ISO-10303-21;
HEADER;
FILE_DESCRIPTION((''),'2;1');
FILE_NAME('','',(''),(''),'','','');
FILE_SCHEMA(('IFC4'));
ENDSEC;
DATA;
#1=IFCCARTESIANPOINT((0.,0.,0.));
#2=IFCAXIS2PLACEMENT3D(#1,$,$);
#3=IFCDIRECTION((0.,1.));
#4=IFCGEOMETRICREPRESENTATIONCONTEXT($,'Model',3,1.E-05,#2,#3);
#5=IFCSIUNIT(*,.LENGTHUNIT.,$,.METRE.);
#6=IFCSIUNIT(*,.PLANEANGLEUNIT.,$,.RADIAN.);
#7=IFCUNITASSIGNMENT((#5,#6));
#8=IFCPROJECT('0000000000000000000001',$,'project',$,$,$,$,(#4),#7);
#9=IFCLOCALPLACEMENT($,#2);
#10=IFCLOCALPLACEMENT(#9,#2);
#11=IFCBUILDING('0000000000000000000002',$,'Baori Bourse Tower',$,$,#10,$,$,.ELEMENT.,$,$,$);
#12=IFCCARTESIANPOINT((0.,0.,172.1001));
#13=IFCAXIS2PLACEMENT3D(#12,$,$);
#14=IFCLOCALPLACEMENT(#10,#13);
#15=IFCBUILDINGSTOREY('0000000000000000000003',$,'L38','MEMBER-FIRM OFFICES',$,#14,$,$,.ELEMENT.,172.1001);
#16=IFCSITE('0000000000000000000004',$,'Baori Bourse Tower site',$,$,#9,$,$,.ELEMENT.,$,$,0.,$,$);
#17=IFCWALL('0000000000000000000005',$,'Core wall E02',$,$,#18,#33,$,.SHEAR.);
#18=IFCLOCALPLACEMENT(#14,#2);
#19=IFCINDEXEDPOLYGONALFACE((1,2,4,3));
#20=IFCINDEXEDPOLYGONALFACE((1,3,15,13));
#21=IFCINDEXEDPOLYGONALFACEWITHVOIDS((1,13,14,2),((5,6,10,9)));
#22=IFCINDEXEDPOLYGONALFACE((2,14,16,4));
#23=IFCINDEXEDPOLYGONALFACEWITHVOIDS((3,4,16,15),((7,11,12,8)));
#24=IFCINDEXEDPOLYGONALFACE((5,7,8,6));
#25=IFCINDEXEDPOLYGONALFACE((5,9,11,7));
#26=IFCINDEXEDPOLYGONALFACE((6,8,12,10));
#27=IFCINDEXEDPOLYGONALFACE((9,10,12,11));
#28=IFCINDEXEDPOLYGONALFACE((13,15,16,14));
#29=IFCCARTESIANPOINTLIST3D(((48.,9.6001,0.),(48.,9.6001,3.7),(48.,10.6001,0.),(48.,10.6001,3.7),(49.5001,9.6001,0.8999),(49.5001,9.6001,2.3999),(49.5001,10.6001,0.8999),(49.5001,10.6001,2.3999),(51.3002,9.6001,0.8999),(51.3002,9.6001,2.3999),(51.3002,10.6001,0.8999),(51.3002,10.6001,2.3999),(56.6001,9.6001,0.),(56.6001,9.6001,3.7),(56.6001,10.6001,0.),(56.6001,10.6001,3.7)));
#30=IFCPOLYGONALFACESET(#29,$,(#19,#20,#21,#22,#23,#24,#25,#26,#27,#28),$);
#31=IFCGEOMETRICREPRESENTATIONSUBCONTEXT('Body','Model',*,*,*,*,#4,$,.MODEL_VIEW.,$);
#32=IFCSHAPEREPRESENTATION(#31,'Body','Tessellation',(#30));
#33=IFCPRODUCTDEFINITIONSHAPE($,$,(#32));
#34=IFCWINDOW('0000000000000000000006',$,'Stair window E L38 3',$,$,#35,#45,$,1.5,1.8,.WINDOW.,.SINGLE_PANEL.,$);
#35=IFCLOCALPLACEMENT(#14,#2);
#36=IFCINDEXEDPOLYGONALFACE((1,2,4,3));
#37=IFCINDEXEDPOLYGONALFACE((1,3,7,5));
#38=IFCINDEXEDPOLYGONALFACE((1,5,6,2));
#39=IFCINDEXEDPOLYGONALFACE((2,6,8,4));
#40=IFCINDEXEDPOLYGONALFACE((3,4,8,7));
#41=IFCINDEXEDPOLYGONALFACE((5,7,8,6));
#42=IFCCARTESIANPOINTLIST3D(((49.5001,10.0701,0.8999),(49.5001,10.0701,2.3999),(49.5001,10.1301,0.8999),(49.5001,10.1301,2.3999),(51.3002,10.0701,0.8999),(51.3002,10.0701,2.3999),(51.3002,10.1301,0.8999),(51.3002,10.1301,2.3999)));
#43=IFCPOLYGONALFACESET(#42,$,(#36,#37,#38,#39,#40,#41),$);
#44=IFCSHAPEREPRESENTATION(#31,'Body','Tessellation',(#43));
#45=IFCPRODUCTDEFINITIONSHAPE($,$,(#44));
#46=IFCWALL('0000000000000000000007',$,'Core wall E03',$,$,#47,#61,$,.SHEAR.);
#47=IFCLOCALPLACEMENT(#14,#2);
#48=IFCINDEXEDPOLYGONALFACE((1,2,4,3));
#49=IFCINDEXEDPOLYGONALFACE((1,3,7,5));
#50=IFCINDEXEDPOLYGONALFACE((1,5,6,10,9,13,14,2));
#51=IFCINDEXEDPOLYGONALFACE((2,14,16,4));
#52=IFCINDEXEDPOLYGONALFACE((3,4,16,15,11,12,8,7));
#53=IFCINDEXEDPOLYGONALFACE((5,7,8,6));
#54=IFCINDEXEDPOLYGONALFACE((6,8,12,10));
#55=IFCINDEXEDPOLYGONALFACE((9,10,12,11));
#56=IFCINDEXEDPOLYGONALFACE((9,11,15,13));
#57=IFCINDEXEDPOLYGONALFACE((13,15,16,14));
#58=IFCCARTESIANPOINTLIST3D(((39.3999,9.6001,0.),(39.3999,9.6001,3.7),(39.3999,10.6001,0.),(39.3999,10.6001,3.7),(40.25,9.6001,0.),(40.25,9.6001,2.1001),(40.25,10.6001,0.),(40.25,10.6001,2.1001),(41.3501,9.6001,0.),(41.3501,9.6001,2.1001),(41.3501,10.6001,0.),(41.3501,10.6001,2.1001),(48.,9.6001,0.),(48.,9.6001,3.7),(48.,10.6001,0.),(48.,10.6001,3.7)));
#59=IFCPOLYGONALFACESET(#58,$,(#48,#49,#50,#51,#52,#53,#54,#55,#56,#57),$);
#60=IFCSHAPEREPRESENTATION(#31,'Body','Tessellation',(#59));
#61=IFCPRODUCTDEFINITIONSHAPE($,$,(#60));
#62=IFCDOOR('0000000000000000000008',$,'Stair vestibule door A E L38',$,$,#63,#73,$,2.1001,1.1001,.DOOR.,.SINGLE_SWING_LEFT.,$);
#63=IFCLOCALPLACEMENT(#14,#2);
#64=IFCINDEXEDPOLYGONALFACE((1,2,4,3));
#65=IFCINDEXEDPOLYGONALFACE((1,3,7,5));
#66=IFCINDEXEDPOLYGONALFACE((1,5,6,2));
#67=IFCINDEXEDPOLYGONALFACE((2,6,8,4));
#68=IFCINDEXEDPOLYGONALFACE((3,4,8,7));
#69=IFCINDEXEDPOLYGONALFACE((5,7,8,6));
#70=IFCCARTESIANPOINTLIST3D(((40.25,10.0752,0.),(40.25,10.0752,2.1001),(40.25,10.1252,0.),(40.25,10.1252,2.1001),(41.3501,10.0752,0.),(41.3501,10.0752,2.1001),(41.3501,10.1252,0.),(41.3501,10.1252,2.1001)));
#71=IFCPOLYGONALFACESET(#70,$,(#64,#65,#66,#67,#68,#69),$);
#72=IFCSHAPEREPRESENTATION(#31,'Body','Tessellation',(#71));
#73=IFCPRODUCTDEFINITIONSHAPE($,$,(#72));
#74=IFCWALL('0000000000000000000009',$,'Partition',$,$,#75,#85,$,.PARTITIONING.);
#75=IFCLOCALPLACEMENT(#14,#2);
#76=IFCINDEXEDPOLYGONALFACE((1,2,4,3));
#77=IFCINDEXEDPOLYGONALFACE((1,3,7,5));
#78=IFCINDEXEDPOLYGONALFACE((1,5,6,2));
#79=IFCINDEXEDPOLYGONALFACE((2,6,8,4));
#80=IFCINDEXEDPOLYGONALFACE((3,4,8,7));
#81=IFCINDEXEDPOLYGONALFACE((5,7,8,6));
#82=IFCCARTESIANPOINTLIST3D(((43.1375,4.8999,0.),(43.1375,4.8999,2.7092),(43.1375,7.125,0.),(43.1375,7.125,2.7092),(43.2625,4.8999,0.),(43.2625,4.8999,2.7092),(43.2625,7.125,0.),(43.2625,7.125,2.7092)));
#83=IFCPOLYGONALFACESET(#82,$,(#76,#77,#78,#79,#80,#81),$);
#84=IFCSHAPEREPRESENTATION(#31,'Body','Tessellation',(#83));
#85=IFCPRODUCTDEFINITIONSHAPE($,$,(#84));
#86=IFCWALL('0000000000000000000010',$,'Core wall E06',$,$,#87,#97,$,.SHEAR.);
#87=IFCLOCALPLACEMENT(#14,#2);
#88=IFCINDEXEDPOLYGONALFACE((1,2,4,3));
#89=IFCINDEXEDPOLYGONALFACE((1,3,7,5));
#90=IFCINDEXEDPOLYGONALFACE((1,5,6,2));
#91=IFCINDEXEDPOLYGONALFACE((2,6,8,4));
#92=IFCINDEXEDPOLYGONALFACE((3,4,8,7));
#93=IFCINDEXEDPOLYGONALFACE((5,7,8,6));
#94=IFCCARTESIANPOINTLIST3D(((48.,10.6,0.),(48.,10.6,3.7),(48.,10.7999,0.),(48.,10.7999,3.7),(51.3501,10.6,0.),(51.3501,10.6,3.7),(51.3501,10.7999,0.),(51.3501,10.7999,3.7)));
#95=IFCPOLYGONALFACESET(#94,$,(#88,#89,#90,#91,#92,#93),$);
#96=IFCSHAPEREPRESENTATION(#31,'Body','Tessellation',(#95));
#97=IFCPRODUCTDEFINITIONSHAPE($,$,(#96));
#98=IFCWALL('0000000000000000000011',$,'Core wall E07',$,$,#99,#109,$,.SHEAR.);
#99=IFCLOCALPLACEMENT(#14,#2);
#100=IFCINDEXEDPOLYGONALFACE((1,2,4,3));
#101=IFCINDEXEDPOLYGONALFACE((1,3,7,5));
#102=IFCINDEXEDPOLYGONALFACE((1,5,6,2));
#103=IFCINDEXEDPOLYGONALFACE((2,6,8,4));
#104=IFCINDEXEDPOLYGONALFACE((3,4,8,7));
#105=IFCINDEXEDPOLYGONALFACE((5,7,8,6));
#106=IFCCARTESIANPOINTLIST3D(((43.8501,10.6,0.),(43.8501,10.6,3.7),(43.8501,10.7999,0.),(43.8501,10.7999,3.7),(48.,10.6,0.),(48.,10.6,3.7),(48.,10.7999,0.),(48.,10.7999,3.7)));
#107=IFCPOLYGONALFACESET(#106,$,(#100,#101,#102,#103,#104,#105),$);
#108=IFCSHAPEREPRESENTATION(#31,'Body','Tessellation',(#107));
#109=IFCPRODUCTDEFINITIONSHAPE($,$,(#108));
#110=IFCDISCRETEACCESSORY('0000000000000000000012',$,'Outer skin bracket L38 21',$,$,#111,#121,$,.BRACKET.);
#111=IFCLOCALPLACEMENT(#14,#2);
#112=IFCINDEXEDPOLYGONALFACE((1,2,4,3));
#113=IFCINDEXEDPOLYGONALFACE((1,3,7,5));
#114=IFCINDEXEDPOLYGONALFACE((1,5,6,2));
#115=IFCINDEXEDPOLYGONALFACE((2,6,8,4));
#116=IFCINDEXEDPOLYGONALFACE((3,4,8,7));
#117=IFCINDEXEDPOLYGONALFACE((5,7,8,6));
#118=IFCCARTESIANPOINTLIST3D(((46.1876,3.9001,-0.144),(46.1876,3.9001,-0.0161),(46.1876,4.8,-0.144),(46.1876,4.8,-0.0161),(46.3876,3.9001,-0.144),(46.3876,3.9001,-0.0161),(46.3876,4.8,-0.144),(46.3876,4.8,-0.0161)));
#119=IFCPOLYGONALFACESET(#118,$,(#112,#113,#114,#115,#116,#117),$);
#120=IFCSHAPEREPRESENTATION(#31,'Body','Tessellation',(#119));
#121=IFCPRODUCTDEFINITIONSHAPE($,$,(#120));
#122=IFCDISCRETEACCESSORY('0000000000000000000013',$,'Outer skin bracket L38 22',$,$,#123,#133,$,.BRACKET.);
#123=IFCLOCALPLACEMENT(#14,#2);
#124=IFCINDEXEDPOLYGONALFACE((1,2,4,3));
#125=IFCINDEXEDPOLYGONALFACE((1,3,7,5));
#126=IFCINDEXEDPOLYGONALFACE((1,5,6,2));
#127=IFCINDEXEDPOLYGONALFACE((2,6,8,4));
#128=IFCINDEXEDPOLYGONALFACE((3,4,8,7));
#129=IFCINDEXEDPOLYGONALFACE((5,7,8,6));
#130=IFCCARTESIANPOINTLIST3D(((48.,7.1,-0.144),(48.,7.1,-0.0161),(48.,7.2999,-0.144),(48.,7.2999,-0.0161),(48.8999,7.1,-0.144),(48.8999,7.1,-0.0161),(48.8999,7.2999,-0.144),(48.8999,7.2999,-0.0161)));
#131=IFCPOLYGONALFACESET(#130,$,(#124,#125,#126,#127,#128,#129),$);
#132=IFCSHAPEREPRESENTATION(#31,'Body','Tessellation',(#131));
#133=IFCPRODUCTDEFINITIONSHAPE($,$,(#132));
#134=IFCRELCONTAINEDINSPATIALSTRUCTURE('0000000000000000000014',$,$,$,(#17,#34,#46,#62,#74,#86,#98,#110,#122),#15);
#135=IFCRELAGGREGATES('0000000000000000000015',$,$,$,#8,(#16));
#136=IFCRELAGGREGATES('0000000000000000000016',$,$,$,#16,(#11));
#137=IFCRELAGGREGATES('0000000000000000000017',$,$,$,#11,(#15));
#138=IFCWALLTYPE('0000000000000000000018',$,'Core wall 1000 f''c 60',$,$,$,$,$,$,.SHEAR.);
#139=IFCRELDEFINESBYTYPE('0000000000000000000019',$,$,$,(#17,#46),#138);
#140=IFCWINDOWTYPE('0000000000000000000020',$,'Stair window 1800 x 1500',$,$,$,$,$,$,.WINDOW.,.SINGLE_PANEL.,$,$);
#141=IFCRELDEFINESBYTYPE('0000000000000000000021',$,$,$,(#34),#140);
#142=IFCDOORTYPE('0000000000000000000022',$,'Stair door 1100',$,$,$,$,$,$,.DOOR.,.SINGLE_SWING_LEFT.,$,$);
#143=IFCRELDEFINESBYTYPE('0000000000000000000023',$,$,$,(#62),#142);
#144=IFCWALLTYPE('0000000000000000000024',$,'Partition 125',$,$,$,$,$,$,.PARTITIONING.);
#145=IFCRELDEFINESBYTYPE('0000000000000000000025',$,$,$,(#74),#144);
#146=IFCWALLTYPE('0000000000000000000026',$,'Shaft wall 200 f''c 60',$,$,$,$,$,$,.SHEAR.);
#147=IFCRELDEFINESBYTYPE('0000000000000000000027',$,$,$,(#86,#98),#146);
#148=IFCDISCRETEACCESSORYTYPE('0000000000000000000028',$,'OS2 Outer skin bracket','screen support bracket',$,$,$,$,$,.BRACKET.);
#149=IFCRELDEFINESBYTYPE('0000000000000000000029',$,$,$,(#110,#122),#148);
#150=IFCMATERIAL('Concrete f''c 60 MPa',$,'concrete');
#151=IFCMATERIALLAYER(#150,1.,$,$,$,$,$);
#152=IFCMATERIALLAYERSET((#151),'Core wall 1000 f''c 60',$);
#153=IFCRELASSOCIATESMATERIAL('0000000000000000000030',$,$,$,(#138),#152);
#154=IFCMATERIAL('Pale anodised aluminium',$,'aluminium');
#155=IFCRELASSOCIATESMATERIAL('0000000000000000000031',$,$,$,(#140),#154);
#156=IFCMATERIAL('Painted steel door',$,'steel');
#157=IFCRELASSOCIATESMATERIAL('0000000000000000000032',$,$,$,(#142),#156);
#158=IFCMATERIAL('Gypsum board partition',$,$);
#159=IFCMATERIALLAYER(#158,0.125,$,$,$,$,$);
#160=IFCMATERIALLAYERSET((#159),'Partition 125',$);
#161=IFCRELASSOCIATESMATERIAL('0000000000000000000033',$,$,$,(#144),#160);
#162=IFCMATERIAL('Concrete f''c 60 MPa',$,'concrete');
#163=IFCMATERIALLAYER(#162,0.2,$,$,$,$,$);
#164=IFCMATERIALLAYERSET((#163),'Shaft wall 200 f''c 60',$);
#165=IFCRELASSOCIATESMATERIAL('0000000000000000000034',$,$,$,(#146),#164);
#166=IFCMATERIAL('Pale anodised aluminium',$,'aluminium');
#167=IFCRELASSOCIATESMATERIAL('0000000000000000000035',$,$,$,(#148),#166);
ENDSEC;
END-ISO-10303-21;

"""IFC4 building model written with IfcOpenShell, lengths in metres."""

from ifc_helpers import new_model, si_unit, direction, frame, frame_2d, origin, origin_2d, place, context, subcontext, project, spatial, rectangle, extrude, material, layer, layer_set, type_object, element, fill, save


model = new_model("IFC4")

# Units and contexts
model_context = context("Model", 3, precision=1e-05, world=origin(), true_north=direction((0.0, 1.0)))
body_context = subcontext(model_context, "Body", "Model", "MODEL_VIEW")
ifc_project = project(units=[si_unit("LENGTHUNIT", "METRE"), si_unit("PLANEANGLEUNIT", "RADIAN")], contexts=[model_context])

# Site, building, storey
site_placement = place(None, origin())
site = spatial("IfcSite", under=ifc_project, at=site_placement, Name="Baori Bourse Tower site", CompositionType="ELEMENT", RefElevation=0.0)
building_placement = place(site_placement, origin())
building = spatial("IfcBuilding", under=site, at=building_placement, Name="Baori Bourse Tower", CompositionType="ELEMENT")
storey_placement = place(building_placement, frame((0.0, 0.0, 172.1001)))
storey = spatial("IfcBuildingStorey", under=building, at=storey_placement, Name="L38", Description="MEMBER-FIRM OFFICES", CompositionType="ELEMENT", Elevation=172.1001)

# Wall, opening, window
ifc_material_1 = material(Name="Concrete f'c 60 MPa", Category="concrete")
ifc_layer_1 = layer(ifc_material_1, 1.0)
ifc_layer_set_1 = layer_set([ifc_layer_1], Name="Core wall 1000 f'c 60")
wall_type_1 = type_object("IfcWallType", Name="Core wall 1000 f'c 60", PredefinedType="SHEAR", material=ifc_layer_set_1)
wall_1_placement = place(storey_placement, frame((56.6001, 10.1001, 0.0), z_axis=(0.0, 0.0, 1.0), x_axis=(-1.0, 0.0, 0.0)))
wall_1 = element("IfcWall", 1, at=wall_1_placement, inside=storey, type_object=wall_type_1, Name="Core wall E02", PredefinedType="SHEAR", context=body_context, shape_type="SweptSolid", body=[
    extrude(rectangle(XDim=8.6001, YDim=1.0, at=frame_2d((4.3, 0.0))), origin(), (0.0, 0.0, 1.0), 3.7),
])
opening_1_placement = place(wall_1_placement, frame((5.3, 0.0, 0.8999)))
opening_1 = element("IfcOpeningElement", 2, at=opening_1_placement, cuts=wall_1, PredefinedType="OPENING", context=body_context, shape_type="SweptSolid", body=[
    extrude(rectangle(XDim=1.8, YDim=1.5, at=frame_2d((0.8999, 0.75))), frame((0.0, 0.51, 0.0), z_axis=(0.0, -1.0, 0.0), x_axis=(1.0, 0.0, 0.0)), (0.0, 0.0, 1.0), 1.02),
])
ifc_material_2 = material(Name="Pale anodised aluminium", Category="aluminium")
window_type = type_object("IfcWindowType", Name="Stair window 1800 x 1500", PartitioningType="SINGLE_PANEL", PredefinedType="WINDOW", material=ifc_material_2)
window_placement = place(opening_1_placement, origin())
window = element("IfcWindow", 3, at=window_placement, inside=storey, type_object=window_type, Name="Stair window E L38 3", OverallHeight=1.5, OverallWidth=1.8, PartitioningType="SINGLE_PANEL", PredefinedType="WINDOW", context=body_context, shape_type="SweptSolid", body=[
    extrude(rectangle(XDim=1.8, YDim=1.5, at=frame_2d((0.8999, 0.75))), frame((0.0, 0.03, 0.0), z_axis=(0.0, -1.0, 0.0), x_axis=(1.0, 0.0, 0.0)), (0.0, 0.0, 1.0), 0.0601),
])
fill(opening_1, window)

# Wall, opening, door
wall_2_placement = place(storey_placement, frame((48.0, 10.1001, 0.0), z_axis=(0.0, 0.0, 1.0), x_axis=(-1.0, 0.0, 0.0)))
wall_2 = element("IfcWall", 4, at=wall_2_placement, inside=storey, type_object=wall_type_1, Name="Core wall E03", PredefinedType="SHEAR", context=body_context, shape_type="SweptSolid", body=[
    extrude(rectangle(XDim=8.6001, YDim=1.0, at=frame_2d((4.3, 0.0))), origin(), (0.0, 0.0, 1.0), 3.7),
])
opening_2_placement = place(wall_2_placement, frame((6.6499, 0.0, 0.0)))
opening_2 = element("IfcOpeningElement", 5, at=opening_2_placement, cuts=wall_2, PredefinedType="OPENING", context=body_context, shape_type="SweptSolid", body=[
    extrude(rectangle(XDim=1.1001, YDim=2.1001, at=frame_2d((0.55, 1.05))), frame((0.0, 0.51, 0.0), z_axis=(0.0, -1.0, 0.0), x_axis=(1.0, 0.0, 0.0)), (0.0, 0.0, 1.0), 1.02),
])
ifc_material_3 = material(Name="Painted steel door", Category="steel")
door_type = type_object("IfcDoorType", Name="Stair door 1100", OperationType="SINGLE_SWING_LEFT", PredefinedType="DOOR", material=ifc_material_3)
door_placement = place(opening_2_placement, origin())
door = element("IfcDoor", 6, at=door_placement, inside=storey, type_object=door_type, Name="Stair vestibule door A E L38", OperationType="SINGLE_SWING_LEFT", OverallHeight=2.1001, OverallWidth=1.1001, PredefinedType="DOOR", context=body_context, shape_type="SweptSolid", body=[
    extrude(rectangle(XDim=1.1001, YDim=2.1001, at=frame_2d((0.55, 1.05))), frame((0.0, 0.0249, 0.0), z_axis=(0.0, -1.0, 0.0), x_axis=(1.0, 0.0, 0.0)), (0.0, 0.0, 1.0), 0.05),
])
fill(opening_2, door)

# Walls
ifc_material_4 = material(Name="Gypsum board partition")
ifc_layer_2 = layer(ifc_material_4, 0.125)
ifc_layer_set_2 = layer_set([ifc_layer_2], Name="Partition 125")
wall_type_2 = type_object("IfcWallType", Name="Partition 125", PredefinedType="PARTITIONING", material=ifc_layer_set_2)
wall_3_placement = place(storey_placement, frame((43.2, 4.8999, 0.0), z_axis=(0.0, 0.0, 1.0), x_axis=(0.0, 1.0, 0.0)))
element("IfcWall", 7, at=wall_3_placement, inside=storey, type_object=wall_type_2, Name="Partition", PredefinedType="PARTITIONING", context=body_context, shape_type="SweptSolid", body=[
    extrude(rectangle(XDim=2.2251, YDim=0.125, at=frame_2d((1.1125, 0.0))), origin(), (0.0, 0.0, 1.0), 2.7092),
])
ifc_material_5 = material(Name="Concrete f'c 60 MPa", Category="concrete")
ifc_layer_3 = layer(ifc_material_5, 0.2)
ifc_layer_set_3 = layer_set([ifc_layer_3], Name="Shaft wall 200 f'c 60")
wall_type_3 = type_object("IfcWallType", Name="Shaft wall 200 f'c 60", PredefinedType="SHEAR", material=ifc_layer_set_3)
wall_4_placement = place(storey_placement, frame((48.0, 10.7, 0.0), z_axis=(0.0, 0.0, 1.0), x_axis=(1.0, 0.0, 0.0)))
element("IfcWall", 8, at=wall_4_placement, inside=storey, type_object=wall_type_3, Name="Core wall E06", PredefinedType="SHEAR", context=body_context, shape_type="SweptSolid", body=[
    extrude(rectangle(XDim=3.3501, YDim=0.2, at=frame_2d((1.675, 0.0))), origin(), (0.0, 0.0, 1.0), 3.7),
])
wall_5_placement = place(storey_placement, frame((43.8501, 10.7, 0.0), z_axis=(0.0, 0.0, 1.0), x_axis=(1.0, 0.0, 0.0)))
element("IfcWall", 9, at=wall_5_placement, inside=storey, type_object=wall_type_3, Name="Core wall E07", PredefinedType="SHEAR", context=body_context, shape_type="SweptSolid", body=[
    extrude(rectangle(XDim=4.1499, YDim=0.2, at=frame_2d((2.075, 0.0))), origin(), (0.0, 0.0, 1.0), 3.7),
])

# Discrete accessories
ifc_material_6 = material(Name="Pale anodised aluminium", Category="aluminium")
discrete_accessory_type = type_object("IfcDiscreteAccessoryType", Name="OS2 Outer skin bracket", Description="screen support bracket", PredefinedType="BRACKET", material=ifc_material_6)
for number, where, z_axis, x_axis, name in (
    (10, (46.2876, 4.3501, -0.144), (0.0, 0.0, 1.0), (1.0, 0.0, 0.0), "Outer skin bracket L38 21"),
    (11, (48.45, 7.2, -0.144), (0.0, 0.0, 1.0), (0.0, 1.0, 0.0), "Outer skin bracket L38 22"),
):
    element("IfcDiscreteAccessory", number, at=place(storey_placement, frame(where, z_axis=z_axis, x_axis=x_axis)), inside=storey, type_object=discrete_accessory_type, Name=name, PredefinedType="BRACKET", context=body_context, shape_type="SweptSolid", body=[
        extrude(rectangle(XDim=0.2, YDim=0.8999, at=origin_2d()), origin(), (0.0, 0.0, 1.0), 0.1279),
    ])

save(model, "model.ifc")
